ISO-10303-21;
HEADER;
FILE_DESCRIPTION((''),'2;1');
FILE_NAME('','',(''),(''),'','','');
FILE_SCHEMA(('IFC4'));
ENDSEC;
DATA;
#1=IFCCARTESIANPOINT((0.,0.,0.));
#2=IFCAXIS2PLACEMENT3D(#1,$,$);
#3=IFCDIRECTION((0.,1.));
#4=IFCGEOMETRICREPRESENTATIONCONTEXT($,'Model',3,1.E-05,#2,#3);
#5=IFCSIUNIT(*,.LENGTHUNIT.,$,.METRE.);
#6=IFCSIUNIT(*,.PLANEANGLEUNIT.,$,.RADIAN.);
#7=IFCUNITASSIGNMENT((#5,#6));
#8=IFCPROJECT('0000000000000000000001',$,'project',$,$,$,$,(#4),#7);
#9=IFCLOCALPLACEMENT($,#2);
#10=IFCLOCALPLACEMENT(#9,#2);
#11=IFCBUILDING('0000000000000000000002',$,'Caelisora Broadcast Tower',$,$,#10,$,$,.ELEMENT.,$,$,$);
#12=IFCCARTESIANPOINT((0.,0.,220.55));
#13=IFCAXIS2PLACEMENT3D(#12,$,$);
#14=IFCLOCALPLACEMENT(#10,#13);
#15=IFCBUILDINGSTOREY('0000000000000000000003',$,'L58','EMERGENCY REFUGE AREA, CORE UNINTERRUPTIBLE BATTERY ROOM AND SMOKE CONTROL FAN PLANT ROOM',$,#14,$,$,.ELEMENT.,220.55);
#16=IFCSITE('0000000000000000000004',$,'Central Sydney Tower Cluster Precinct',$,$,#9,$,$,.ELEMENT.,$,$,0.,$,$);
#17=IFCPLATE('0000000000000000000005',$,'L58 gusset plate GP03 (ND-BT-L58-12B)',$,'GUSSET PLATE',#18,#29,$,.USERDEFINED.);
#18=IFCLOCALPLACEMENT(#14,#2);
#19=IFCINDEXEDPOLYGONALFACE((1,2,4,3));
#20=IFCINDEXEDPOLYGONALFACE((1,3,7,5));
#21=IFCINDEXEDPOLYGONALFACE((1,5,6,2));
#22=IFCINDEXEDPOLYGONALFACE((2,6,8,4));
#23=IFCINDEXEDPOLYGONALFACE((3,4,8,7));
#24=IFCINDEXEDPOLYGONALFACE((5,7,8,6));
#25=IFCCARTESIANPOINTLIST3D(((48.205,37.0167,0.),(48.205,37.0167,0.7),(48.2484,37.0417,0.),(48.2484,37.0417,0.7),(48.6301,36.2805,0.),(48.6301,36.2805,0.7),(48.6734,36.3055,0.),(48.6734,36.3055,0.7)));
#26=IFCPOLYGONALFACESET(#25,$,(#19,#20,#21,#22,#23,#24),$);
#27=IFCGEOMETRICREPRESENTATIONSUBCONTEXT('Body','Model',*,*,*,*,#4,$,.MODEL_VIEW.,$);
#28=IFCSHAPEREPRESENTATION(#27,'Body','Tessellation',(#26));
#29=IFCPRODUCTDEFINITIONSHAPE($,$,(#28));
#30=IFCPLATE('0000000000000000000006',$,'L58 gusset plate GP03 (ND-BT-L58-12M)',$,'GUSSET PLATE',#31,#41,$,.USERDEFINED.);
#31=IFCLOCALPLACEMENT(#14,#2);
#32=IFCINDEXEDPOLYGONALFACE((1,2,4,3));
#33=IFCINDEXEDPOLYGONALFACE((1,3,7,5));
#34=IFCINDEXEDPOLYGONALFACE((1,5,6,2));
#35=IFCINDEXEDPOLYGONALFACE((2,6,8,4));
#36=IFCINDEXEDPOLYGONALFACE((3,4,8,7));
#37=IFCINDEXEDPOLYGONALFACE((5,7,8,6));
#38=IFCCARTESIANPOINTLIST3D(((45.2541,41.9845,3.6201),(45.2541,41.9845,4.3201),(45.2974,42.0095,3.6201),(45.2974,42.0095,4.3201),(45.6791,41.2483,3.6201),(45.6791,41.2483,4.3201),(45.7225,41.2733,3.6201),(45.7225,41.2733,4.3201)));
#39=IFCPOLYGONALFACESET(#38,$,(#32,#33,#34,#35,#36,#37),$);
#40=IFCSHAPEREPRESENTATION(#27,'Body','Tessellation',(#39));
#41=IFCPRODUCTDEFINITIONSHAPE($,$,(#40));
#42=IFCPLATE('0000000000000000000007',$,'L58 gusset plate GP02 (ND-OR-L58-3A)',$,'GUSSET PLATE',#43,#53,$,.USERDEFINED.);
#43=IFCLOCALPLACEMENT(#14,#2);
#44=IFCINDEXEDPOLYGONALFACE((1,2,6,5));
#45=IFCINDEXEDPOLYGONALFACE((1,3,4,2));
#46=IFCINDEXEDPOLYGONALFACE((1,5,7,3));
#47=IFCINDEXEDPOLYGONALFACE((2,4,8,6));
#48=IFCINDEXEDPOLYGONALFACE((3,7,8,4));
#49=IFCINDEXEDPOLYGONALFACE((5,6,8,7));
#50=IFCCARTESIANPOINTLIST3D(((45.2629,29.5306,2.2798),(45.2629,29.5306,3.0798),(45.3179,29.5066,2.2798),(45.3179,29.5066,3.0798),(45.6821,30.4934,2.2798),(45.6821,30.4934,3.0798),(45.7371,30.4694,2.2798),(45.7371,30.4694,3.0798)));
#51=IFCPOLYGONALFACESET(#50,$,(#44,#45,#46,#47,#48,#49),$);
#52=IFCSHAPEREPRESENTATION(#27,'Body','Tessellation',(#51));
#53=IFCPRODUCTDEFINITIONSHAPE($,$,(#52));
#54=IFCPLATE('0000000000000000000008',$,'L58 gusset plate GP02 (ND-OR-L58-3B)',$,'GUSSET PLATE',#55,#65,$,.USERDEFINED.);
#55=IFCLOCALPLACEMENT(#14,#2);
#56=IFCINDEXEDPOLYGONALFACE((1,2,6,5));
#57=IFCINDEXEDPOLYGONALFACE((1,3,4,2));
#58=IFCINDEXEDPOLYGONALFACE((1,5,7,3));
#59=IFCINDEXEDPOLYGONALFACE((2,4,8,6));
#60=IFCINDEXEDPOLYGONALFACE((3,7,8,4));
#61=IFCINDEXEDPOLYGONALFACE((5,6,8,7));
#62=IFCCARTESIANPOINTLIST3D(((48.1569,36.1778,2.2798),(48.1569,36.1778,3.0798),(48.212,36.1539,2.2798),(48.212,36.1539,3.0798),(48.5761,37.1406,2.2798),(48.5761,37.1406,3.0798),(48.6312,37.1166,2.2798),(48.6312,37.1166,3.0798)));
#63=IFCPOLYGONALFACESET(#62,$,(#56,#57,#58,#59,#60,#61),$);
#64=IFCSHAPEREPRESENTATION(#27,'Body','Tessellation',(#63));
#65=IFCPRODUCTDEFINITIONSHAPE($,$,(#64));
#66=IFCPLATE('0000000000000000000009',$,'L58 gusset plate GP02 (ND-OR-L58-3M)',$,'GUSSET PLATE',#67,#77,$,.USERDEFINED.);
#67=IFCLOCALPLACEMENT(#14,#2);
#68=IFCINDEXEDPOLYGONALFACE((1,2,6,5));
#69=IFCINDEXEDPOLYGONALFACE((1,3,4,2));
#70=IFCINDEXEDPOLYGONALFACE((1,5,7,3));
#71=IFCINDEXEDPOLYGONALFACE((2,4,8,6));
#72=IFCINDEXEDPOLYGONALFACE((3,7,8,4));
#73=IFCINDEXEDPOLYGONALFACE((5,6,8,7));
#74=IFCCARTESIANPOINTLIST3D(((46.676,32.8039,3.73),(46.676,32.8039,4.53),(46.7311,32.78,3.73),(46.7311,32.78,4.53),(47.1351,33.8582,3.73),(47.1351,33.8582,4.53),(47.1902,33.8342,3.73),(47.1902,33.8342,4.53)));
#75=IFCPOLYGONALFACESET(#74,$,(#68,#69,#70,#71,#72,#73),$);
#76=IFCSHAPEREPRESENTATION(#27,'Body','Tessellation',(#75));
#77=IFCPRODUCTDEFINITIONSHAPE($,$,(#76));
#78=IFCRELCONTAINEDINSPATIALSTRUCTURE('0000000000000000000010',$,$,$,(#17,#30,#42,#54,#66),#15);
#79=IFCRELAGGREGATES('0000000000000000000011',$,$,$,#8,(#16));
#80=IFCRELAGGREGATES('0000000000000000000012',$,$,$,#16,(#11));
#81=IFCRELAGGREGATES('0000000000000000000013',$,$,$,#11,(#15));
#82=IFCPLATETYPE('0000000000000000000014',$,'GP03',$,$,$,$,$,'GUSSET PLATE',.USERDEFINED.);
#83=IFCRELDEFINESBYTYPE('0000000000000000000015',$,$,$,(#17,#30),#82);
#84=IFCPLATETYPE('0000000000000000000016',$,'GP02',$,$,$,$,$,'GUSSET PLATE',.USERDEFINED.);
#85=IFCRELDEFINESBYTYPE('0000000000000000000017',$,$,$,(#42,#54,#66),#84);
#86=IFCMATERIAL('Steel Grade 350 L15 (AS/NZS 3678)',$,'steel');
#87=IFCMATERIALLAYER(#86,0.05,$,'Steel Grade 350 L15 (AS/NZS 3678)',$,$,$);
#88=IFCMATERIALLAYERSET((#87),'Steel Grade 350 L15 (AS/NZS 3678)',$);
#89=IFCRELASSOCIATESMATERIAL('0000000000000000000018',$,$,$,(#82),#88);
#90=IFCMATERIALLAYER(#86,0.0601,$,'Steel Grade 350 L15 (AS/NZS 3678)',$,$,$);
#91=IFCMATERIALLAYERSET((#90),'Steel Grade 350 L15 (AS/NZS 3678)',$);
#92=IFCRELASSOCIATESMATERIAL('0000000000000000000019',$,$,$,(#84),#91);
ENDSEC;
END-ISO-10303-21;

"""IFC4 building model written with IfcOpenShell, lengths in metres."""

from ifc_helpers import new_model, si_unit, direction, frame, origin, origin_2d, place, context, subcontext, project, spatial, rectangle, extrude, source, transform, mapped, material, layer, layer_set, type_object, type_shapes, element, save


model = new_model("IFC4")

# Units and contexts
model_context = context("Model", 3, precision=1e-05, world=origin(), true_north=direction((0.0, 1.0)))
body_context = subcontext(model_context, "Body", "Model", "MODEL_VIEW")
ifc_project = project(units=[si_unit("LENGTHUNIT", "METRE"), si_unit("PLANEANGLEUNIT", "RADIAN")], contexts=[model_context])

# Site, building, storey
site_placement = place(None, origin())
site = spatial("IfcSite", under=ifc_project, at=site_placement, Name="Central Sydney Tower Cluster Precinct", CompositionType="ELEMENT", RefElevation=0.0)
building_placement = place(site_placement, origin())
building = spatial("IfcBuilding", under=site, at=building_placement, Name="Caelisora Broadcast Tower", CompositionType="ELEMENT")
storey_placement = place(building_placement, frame((0.0, 0.0, 220.55)))
storey = spatial("IfcBuildingStorey", under=building, at=storey_placement, Name="L58", Description="EMERGENCY REFUGE AREA, CORE UNINTERRUPTIBLE BATTERY ROOM AND SMOKE CONTROL FAN PLANT ROOM", CompositionType="ELEMENT", Elevation=220.55)

# Shared definitions
ifc_material_1 = material(Name="Steel Grade 350 L15 (AS/NZS 3678)", Category="steel")

# Plates
ifc_layer_1 = layer(ifc_material_1, 0.05, Name="Steel Grade 350 L15 (AS/NZS 3678)")
ifc_layer_set_1 = layer_set([ifc_layer_1], Name="Steel Grade 350 L15 (AS/NZS 3678)")
plate_type_1 = type_object("IfcPlateType", Name="GP03", ElementType="GUSSET PLATE", PredefinedType="USERDEFINED", material=ifc_layer_set_1)
shared_shape_1 = source(origin(), body_context, "Body", "SweptSolid", [
    extrude(rectangle(XDim=0.8501, YDim=0.05, at=origin_2d()), origin(), (0.0, 0.0, 1.0), 0.7),
])
type_shapes(plate_type_1, [shared_shape_1])
for number, where, z_axis, x_axis, name in (
    (1, (48.4392, 36.6611, 0.0), (0.0, 0.0, 1.0), (-0.5, 0.866025, 0.0), "L58 gusset plate GP03 (ND-BT-L58-12B)"),
    (2, (45.4883, 41.6289, 3.6201), (0.0, 0.0, 1.0), (-0.5, 0.866025, 0.0), "L58 gusset plate GP03 (ND-BT-L58-12M)"),
):
    element("IfcPlate", number, at=place(storey_placement, frame(where, z_axis=z_axis, x_axis=x_axis)), inside=storey, type_object=plate_type_1, Name=name, ObjectType="GUSSET PLATE", PredefinedType="USERDEFINED", context=body_context, shape_type="MappedRepresentation", body=[
        mapped(shared_shape_1, transform((0.0, 0.0, 0.0), scale=1.0)),
    ])
ifc_layer_2 = layer(ifc_material_1, 0.0601, Name="Steel Grade 350 L15 (AS/NZS 3678)")
ifc_layer_set_2 = layer_set([ifc_layer_2], Name="Steel Grade 350 L15 (AS/NZS 3678)")
plate_type_2 = type_object("IfcPlateType", Name="GP02", ElementType="GUSSET PLATE", PredefinedType="USERDEFINED", material=ifc_layer_set_2)
shared_shape_2 = source(origin(), body_context, "Body", "SweptSolid", [
    extrude(rectangle(XDim=1.05, YDim=0.0601, at=origin_2d()), origin(), (0.0, 0.0, 1.0), 0.8),
])
for number, where, z_axis, x_axis, name in (
    (3, (45.5, 30.0, 2.2798), (0.0, 0.0, 1.0), (0.399229, 0.916851, 0.0), "L58 gusset plate GP02 (ND-OR-L58-3A)"),
    (4, (48.394, 36.6472, 2.2798), (0.0, 0.0, 1.0), (0.399229, 0.916851, 0.0), "L58 gusset plate GP02 (ND-OR-L58-3B)"),
):
    element("IfcPlate", number, at=place(storey_placement, frame(where, z_axis=z_axis, x_axis=x_axis)), inside=storey, type_object=plate_type_2, Name=name, ObjectType="GUSSET PLATE", PredefinedType="USERDEFINED", context=body_context, shape_type="MappedRepresentation", body=[
        mapped(shared_shape_2, transform((0.0, 0.0, 0.0), scale=1.0)),
    ])
shared_shape_3 = source(origin(), body_context, "Body", "SweptSolid", [
    extrude(rectangle(XDim=1.1499, YDim=0.0601, at=origin_2d()), origin(), (0.0, 0.0, 1.0), 0.8),
])
type_shapes(plate_type_2, [shared_shape_2, shared_shape_3])
plate_placement = place(storey_placement, frame((46.9331, 33.3191, 3.73), z_axis=(0.0, 0.0, 1.0), x_axis=(0.399229, 0.916851, 0.0)))
element("IfcPlate", 5, at=plate_placement, inside=storey, type_object=plate_type_2, Name="L58 gusset plate GP02 (ND-OR-L58-3M)", ObjectType="GUSSET PLATE", PredefinedType="USERDEFINED", context=body_context, shape_type="MappedRepresentation", body=[
    mapped(shared_shape_3, transform((0.0, 0.0, 0.0), scale=1.0)),
])

save(model, "model.ifc")
